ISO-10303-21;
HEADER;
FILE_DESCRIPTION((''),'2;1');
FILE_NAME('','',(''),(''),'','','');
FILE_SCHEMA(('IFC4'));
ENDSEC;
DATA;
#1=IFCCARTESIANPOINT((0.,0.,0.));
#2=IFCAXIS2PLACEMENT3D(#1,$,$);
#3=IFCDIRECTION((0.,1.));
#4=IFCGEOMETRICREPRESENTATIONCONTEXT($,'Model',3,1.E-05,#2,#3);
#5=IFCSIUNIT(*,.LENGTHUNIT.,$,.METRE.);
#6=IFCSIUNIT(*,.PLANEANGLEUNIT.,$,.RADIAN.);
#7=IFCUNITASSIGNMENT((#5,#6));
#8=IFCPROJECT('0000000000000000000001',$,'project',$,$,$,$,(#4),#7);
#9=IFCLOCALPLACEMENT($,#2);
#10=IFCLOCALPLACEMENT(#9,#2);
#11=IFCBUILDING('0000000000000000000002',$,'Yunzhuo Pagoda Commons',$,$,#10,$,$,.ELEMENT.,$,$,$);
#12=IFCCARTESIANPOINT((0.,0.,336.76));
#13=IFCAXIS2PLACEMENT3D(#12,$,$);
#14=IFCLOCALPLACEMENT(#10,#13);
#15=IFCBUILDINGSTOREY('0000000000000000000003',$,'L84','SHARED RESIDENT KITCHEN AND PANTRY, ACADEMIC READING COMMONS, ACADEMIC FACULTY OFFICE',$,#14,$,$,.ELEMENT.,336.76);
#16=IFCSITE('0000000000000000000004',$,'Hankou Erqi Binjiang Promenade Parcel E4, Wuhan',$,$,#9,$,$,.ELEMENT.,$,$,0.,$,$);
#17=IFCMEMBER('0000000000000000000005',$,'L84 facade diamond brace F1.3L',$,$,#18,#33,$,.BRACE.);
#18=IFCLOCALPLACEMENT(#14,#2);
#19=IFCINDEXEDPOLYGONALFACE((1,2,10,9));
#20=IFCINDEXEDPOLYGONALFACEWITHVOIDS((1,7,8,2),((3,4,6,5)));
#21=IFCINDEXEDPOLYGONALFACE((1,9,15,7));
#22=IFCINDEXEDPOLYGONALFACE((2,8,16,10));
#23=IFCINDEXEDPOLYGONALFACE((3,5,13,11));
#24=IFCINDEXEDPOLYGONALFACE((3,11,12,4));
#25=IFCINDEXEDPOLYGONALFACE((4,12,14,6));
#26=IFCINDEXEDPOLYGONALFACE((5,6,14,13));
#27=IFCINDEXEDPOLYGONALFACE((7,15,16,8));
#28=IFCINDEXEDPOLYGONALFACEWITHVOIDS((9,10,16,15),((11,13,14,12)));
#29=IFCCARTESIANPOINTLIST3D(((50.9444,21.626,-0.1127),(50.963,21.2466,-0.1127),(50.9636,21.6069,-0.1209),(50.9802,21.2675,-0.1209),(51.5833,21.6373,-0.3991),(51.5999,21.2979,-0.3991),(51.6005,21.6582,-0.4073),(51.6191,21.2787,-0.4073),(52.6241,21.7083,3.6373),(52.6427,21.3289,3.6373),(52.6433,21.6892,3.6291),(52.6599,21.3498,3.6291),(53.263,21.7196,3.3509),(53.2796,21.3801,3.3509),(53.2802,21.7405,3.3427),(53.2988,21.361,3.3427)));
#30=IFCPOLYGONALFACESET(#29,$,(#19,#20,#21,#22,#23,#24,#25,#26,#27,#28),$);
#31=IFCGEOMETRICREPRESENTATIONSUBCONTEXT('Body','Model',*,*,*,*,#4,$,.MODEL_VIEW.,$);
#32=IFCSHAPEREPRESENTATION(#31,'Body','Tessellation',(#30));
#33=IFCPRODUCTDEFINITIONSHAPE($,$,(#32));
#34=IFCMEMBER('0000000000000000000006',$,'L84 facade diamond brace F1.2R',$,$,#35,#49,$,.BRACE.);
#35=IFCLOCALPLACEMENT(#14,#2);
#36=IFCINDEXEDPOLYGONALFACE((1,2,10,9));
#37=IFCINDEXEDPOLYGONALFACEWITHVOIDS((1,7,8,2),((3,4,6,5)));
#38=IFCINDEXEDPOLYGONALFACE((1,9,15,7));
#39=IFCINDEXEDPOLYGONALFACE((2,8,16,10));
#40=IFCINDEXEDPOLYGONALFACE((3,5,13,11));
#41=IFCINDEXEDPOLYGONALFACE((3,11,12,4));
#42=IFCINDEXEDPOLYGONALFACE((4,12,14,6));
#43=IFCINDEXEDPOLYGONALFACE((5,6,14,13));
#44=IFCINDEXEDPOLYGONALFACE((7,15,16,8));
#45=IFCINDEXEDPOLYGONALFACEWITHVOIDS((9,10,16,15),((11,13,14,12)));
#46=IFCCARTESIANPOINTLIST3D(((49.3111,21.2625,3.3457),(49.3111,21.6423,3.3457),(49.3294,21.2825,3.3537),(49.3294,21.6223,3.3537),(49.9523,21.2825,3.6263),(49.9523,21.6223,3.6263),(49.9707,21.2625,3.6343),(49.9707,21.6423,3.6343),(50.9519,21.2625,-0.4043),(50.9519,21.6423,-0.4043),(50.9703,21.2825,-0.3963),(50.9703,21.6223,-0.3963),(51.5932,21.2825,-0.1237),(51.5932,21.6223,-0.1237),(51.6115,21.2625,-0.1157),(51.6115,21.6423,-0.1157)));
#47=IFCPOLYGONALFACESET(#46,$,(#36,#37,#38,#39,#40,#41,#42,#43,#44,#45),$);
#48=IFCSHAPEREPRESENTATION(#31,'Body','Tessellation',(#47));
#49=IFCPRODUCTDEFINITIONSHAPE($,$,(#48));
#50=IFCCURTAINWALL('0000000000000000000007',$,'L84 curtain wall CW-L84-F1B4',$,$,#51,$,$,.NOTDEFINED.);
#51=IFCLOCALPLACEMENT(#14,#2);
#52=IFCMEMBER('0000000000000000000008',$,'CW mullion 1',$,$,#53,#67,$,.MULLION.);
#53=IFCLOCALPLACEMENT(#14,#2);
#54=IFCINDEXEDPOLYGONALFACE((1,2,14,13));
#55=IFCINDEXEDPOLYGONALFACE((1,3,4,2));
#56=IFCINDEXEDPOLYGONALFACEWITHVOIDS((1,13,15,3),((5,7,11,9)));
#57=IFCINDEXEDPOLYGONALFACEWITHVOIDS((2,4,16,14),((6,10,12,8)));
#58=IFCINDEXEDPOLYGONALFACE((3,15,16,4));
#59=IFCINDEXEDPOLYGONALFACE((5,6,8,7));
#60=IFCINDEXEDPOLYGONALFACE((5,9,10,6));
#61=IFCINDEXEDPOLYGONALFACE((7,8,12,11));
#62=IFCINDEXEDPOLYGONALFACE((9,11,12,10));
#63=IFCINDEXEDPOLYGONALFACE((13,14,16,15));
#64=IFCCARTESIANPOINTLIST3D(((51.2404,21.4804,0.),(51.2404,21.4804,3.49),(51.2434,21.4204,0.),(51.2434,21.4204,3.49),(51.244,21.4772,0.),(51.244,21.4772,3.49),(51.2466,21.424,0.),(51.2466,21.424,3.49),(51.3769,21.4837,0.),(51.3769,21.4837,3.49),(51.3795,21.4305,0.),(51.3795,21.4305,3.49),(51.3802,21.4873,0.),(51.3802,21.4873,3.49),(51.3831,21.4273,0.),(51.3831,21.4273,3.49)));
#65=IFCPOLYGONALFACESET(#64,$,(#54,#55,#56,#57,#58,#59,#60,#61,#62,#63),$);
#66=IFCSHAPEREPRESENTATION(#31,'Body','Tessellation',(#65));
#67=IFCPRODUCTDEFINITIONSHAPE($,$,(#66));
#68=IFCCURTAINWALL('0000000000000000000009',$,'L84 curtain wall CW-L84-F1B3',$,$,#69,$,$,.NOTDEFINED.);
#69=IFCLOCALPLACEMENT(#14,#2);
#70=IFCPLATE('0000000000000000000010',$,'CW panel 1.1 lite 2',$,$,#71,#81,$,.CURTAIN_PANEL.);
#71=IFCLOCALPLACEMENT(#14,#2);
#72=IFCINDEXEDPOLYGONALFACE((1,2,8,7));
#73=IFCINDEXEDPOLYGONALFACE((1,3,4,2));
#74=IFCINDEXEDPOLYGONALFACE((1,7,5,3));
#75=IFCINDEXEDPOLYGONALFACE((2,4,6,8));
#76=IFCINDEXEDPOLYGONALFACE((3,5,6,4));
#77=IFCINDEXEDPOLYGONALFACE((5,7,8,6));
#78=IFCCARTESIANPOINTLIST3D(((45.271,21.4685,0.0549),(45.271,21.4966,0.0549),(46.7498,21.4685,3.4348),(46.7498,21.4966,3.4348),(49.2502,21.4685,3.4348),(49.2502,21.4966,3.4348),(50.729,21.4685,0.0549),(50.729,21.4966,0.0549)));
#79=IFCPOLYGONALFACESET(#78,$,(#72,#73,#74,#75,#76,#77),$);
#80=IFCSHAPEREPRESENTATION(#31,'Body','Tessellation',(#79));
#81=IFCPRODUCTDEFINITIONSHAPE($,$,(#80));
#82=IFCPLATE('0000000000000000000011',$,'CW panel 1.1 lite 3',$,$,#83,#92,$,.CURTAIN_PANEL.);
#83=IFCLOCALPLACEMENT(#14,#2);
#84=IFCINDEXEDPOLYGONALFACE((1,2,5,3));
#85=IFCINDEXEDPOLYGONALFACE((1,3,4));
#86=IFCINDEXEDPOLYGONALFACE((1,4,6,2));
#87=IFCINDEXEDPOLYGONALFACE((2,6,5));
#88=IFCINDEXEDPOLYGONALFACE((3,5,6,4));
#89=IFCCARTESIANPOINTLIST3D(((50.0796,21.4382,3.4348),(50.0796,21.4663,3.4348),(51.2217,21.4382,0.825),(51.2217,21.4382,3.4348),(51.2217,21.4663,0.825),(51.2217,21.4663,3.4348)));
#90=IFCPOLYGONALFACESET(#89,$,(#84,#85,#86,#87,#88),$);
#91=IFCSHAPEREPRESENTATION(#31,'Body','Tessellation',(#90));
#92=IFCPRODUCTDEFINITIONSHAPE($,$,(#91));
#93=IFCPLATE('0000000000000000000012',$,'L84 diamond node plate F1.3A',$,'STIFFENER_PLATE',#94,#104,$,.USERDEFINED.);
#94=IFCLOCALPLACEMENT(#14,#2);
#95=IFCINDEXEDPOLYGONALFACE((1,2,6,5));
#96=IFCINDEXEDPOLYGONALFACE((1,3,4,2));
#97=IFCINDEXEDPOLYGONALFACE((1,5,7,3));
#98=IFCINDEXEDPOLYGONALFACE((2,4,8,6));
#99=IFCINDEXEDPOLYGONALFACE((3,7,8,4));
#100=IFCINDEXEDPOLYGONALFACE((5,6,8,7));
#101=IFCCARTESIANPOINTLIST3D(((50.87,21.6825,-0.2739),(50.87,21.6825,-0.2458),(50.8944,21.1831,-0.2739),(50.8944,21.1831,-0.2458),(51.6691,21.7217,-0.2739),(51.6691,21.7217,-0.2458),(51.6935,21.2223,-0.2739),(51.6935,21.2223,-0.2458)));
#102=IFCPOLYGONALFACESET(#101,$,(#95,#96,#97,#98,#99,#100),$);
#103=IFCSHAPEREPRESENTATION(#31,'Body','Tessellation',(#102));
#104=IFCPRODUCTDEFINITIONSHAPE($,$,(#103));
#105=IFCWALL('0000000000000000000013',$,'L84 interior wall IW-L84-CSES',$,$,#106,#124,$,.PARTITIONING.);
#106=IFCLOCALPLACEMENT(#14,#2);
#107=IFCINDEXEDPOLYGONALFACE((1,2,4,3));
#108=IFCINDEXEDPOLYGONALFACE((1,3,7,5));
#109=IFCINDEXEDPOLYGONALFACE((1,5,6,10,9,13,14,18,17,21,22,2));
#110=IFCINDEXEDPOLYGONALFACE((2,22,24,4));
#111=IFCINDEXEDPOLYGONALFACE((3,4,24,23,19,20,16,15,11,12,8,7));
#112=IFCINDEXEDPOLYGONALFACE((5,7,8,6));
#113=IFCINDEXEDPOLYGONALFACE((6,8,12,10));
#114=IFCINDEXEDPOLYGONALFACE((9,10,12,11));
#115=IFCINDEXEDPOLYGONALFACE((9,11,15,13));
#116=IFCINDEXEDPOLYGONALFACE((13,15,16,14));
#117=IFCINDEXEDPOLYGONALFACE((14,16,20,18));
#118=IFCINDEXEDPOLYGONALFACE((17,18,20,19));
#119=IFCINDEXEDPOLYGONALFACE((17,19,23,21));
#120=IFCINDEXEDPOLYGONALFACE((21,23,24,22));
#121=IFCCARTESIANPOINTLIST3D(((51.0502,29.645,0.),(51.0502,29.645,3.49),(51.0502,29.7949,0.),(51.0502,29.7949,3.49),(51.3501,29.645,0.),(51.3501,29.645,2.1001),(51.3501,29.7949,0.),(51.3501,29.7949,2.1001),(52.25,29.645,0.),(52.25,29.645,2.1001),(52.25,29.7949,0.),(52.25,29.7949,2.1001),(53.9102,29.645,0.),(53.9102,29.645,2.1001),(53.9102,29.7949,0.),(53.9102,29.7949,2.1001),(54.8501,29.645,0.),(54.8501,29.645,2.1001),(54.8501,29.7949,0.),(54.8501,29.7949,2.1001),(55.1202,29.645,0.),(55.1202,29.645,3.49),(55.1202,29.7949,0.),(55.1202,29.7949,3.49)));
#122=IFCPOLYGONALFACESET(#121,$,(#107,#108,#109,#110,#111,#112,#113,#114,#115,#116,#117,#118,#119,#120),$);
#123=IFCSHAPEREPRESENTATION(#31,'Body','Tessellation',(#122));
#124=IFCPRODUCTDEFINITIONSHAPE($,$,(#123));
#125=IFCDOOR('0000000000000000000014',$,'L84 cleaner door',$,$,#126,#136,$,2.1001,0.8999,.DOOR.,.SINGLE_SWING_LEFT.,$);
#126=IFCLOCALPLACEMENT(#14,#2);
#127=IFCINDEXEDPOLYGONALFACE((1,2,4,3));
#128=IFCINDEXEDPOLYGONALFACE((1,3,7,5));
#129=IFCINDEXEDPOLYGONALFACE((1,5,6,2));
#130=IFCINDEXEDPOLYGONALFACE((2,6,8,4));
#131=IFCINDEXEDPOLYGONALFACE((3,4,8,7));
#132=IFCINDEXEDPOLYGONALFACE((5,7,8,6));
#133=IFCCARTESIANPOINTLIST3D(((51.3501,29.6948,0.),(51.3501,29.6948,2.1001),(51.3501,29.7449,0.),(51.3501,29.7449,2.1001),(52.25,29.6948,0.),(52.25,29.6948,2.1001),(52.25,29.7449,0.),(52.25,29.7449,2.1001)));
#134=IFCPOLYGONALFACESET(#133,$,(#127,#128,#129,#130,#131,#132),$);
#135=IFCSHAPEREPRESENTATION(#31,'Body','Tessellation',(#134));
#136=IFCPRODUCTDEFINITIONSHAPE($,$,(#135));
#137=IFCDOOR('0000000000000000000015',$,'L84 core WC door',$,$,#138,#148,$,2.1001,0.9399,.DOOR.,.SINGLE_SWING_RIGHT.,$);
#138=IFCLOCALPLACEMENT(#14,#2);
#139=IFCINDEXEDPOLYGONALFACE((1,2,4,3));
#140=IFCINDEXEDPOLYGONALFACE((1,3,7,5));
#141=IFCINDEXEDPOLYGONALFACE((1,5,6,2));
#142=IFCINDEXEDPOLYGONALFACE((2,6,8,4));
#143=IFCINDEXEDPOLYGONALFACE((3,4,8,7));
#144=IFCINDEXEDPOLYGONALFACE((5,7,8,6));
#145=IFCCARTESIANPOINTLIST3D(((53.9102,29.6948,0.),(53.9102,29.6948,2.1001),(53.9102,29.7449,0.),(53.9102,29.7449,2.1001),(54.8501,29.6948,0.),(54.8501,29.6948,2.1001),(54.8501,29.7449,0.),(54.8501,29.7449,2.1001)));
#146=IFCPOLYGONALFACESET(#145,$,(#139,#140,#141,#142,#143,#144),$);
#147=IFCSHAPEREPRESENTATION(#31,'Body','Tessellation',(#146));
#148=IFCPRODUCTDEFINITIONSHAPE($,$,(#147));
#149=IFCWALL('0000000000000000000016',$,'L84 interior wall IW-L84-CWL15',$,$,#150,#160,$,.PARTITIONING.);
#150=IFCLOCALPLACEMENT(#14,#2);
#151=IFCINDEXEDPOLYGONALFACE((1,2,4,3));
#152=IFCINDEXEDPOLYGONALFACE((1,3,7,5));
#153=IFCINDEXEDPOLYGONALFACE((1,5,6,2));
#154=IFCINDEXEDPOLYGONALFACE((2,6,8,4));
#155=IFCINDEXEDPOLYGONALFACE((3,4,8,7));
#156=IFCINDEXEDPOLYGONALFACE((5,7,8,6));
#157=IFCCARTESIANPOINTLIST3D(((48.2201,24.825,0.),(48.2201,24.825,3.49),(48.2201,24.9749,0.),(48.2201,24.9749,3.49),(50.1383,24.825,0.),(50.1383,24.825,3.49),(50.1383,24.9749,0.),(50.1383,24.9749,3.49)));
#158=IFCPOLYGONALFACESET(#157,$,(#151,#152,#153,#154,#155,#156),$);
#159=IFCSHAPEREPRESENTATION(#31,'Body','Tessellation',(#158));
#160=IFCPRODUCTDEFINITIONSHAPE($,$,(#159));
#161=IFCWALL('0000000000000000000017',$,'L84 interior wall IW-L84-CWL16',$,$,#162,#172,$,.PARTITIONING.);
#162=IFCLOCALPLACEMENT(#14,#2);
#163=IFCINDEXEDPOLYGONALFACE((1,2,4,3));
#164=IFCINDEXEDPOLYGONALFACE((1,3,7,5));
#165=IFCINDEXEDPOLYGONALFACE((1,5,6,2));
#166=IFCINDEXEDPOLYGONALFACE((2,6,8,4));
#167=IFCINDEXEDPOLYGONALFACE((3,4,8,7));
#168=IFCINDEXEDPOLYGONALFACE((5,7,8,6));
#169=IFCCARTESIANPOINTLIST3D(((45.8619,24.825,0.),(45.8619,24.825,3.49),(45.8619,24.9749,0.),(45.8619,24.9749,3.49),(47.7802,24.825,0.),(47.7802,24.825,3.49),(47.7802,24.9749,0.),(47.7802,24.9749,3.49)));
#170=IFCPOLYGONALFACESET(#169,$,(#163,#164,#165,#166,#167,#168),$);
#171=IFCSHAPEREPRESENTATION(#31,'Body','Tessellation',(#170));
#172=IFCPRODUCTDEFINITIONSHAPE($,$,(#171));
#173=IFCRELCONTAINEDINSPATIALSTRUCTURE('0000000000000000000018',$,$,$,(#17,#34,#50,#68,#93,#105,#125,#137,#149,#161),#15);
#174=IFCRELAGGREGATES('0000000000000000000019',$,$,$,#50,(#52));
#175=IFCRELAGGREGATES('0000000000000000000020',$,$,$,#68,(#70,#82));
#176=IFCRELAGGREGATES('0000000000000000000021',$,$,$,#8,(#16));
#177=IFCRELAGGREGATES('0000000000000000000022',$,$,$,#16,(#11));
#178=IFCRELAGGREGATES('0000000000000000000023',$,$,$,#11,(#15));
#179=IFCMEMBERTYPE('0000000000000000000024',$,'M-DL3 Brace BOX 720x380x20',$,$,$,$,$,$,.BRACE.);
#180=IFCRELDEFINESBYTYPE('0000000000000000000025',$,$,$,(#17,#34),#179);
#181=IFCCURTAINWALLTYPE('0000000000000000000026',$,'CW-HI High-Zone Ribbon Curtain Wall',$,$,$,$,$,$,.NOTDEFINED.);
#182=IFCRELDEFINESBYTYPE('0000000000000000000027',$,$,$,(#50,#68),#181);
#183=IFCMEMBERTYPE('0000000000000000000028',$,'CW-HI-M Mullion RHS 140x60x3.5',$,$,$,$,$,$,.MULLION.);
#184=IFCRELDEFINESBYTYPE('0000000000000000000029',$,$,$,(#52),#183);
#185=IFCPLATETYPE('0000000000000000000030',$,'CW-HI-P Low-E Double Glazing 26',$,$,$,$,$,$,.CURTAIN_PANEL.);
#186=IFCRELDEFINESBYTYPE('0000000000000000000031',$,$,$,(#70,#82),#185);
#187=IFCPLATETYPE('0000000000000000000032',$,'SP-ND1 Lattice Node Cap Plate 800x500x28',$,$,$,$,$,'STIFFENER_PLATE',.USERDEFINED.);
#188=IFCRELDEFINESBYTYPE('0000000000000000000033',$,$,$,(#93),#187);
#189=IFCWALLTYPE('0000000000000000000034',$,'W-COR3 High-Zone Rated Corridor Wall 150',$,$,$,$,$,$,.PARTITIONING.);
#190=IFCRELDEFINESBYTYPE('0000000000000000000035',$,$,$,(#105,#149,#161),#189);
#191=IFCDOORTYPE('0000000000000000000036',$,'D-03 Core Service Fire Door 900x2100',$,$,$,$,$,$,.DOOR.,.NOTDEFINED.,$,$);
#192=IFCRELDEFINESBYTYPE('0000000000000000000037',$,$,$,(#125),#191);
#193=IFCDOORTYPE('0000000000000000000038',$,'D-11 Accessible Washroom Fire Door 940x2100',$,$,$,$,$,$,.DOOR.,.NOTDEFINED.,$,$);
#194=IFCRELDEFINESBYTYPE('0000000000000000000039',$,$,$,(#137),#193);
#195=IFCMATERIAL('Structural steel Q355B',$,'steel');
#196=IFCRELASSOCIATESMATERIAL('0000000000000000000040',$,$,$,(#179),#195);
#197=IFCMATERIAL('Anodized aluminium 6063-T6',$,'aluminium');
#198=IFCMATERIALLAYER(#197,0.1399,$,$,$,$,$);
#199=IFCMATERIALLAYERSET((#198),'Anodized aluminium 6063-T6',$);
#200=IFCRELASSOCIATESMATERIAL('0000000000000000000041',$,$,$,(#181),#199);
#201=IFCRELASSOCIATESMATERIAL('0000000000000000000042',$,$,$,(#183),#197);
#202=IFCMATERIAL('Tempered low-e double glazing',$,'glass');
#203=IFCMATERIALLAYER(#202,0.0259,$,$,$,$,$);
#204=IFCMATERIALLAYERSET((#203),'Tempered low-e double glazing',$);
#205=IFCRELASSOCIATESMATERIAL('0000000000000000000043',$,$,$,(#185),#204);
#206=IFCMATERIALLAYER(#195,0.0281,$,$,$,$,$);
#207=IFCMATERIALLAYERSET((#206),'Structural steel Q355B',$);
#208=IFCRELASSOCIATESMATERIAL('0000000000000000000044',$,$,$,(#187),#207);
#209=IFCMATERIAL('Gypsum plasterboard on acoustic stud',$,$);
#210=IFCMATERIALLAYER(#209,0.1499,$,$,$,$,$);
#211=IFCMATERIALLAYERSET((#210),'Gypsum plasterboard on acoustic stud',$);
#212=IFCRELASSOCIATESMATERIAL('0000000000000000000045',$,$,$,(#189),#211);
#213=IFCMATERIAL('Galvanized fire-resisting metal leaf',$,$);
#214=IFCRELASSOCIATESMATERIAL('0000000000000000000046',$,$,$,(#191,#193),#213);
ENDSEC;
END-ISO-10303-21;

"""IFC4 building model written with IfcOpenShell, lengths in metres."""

from ifc_helpers import new_model, si_unit, direction, frame, frame_2d, origin, origin_with_axes, origin_2d, place, context, subcontext, project, spatial, polyline, rectangle, hollow_rectangle, outline, extrude, source, transform, mapped, material, layer, layer_set, material_profile, profile_set, type_object, element, fill, aggregate, save


model = new_model("IFC4")

# Units and contexts
model_context = context("Model", 3, precision=1e-05, world=origin(), true_north=direction((0.0, 1.0)))
body_context = subcontext(model_context, "Body", "Model", "MODEL_VIEW")
ifc_project = project(units=[si_unit("LENGTHUNIT", "METRE"), si_unit("PLANEANGLEUNIT", "RADIAN")], contexts=[model_context])

# Site, building, storey
site_placement = place(None, origin())
site = spatial("IfcSite", under=ifc_project, at=site_placement, Name="Hankou Erqi Binjiang Promenade Parcel E4, Wuhan", CompositionType="ELEMENT", RefElevation=0.0)
building_placement = place(site_placement, origin())
building = spatial("IfcBuilding", under=site, at=building_placement, Name="Yunzhuo Pagoda Commons", CompositionType="ELEMENT")
storey_placement = place(building_placement, frame((0.0, 0.0, 336.76)))
storey = spatial("IfcBuildingStorey", under=building, at=storey_placement, Name="L84", Description="SHARED RESIDENT KITCHEN AND PANTRY, ACADEMIC READING COMMONS, ACADEMIC FACULTY OFFICE", CompositionType="ELEMENT", Elevation=336.76)

# Shared definitions
ifc_material_1 = material(Name="Structural steel Q355B", Category="steel")

# Members
ifc_material_profile_1 = material_profile(ifc_material_1, hollow_rectangle(XDim=0.3799, YDim=0.72, WallThickness=0.02, at=origin_2d()), Name="Structural steel Q355B")
ifc_profile_set_1 = profile_set([ifc_material_profile_1], Name="Structural steel Q355B")
member_type_1 = type_object("IfcMemberType", Name="M-DL3 Brace BOX 720x380x20", PredefinedType="BRACE", material=ifc_profile_set_1)
shared_shape_1 = source(origin(), body_context, "Body", "SweptSolid", [
    extrude(hollow_rectangle(XDim=0.3799, YDim=0.72, WallThickness=0.02, at=origin_2d()), origin(), (0.0, 0.0, 1.0), 4.1099),
])
member_1_placement = place(storey_placement, frame((51.2817, 21.4524, -0.26), z_axis=(0.408701, 0.020019, 0.912449), x_axis=(-0.048924, 0.998803, 0.0)))
element("IfcMember", 1, at=member_1_placement, inside=storey, type_object=member_type_1, Name="L84 facade diamond brace F1.3L", PredefinedType="BRACE", context=body_context, shape_type="MappedRepresentation", body=[
    mapped(shared_shape_1, transform((0.0, 0.0, 0.0), scale=1.0)),
])
shared_shape_2 = source(origin(), body_context, "Body", "SweptSolid", [
    extrude(hollow_rectangle(XDim=0.3799, YDim=0.72, WallThickness=0.02, at=origin_2d()), origin(), (0.0, 0.0, 1.0), 4.0933),
])
member_2_placement = place(storey_placement, frame((51.2817, 21.4524, -0.26), z_axis=(-0.400869, 0.0, 0.916135), x_axis=(0.0, -1.0, 0.0)))
element("IfcMember", 2, at=member_2_placement, inside=storey, type_object=member_type_1, Name="L84 facade diamond brace F1.2R", PredefinedType="BRACE", context=body_context, shape_type="MappedRepresentation", body=[
    mapped(shared_shape_2, transform((0.0, 0.0, 0.0), scale=1.0)),
])

# Curtain wall, member
ifc_material_2 = material(Name="Anodized aluminium 6063-T6", Category="aluminium")
ifc_layer_1 = layer(ifc_material_2, 0.1399)
ifc_layer_set_1 = layer_set([ifc_layer_1], Name="Anodized aluminium 6063-T6")
curtain_wall_type = type_object("IfcCurtainWallType", Name="CW-HI High-Zone Ribbon Curtain Wall", PredefinedType="NOTDEFINED", material=ifc_layer_set_1)
curtain_wall_1_placement = place(storey_placement, origin())
curtain_wall_1 = element("IfcCurtainWall", 3, at=curtain_wall_1_placement, inside=storey, type_object=curtain_wall_type, Name="L84 curtain wall CW-L84-F1B4", PredefinedType="NOTDEFINED")
ifc_material_profile_2 = material_profile(ifc_material_2, hollow_rectangle(XDim=0.0601, YDim=0.1399, WallThickness=0.0034, at=origin_2d()), Name="Anodized aluminium 6063-T6")
ifc_profile_set_2 = profile_set([ifc_material_profile_2], Name="Anodized aluminium 6063-T6")
member_type_2 = type_object("IfcMemberType", Name="CW-HI-M Mullion RHS 140x60x3.5", PredefinedType="MULLION", material=ifc_profile_set_2)
shared_shape_3 = source(origin(), body_context, "Body", "SweptSolid", [
    extrude(hollow_rectangle(XDim=0.0601, YDim=0.1399, WallThickness=0.0034, at=origin_2d()), origin(), (0.0, 0.0, 1.0), 3.49),
])
member_3_placement = place(storey_placement, frame((51.3118, 21.4539, 0.0), z_axis=(0.0, 0.0, 1.0), x_axis=(-0.048906, 0.998803, 0.0)))
member_3 = element("IfcMember", 4, at=member_3_placement, type_object=member_type_2, Name="CW mullion 1", PredefinedType="MULLION", context=body_context, shape_type="MappedRepresentation", body=[
    mapped(shared_shape_3, transform((0.0, 0.0, 0.0), scale=1.0)),
])
aggregate(curtain_wall_1, [member_3])

# Curtain wall, plates
curtain_wall_2_placement = place(storey_placement, origin())
curtain_wall_2 = element("IfcCurtainWall", 5, at=curtain_wall_2_placement, inside=storey, type_object=curtain_wall_type, Name="L84 curtain wall CW-L84-F1B3", PredefinedType="NOTDEFINED")
ifc_material_3 = material(Name="Tempered low-e double glazing", Category="glass")
ifc_layer_2 = layer(ifc_material_3, 0.0259)
ifc_layer_set_2 = layer_set([ifc_layer_2], Name="Tempered low-e double glazing")
plate_type_1 = type_object("IfcPlateType", Name="CW-HI-P Low-E Double Glazing 26", PredefinedType="CURTAIN_PANEL", material=ifc_layer_set_2)
plate_1_placement = place(storey_placement, frame((48.0, 21.4966, 1.7449), z_axis=(0.0, -1.0, 0.0), x_axis=(1.0, 0.0, 0.0)))
plate_1 = element("IfcPlate", 6, at=plate_1_placement, type_object=plate_type_1, Name="CW panel 1.1 lite 2", PredefinedType="CURTAIN_PANEL", context=body_context, shape_type="SweptSolid", body=[
    extrude(outline(polyline([(-2.729, -1.6899), (2.729, -1.6899), (1.2502, 1.6899), (-1.2502, 1.6899), (-2.729, -1.6899)])), origin(), (0.0, 0.0, 1.0), 0.0281),
])
plate_2_placement = place(storey_placement, frame((50.6506, 21.4663, 2.1299), z_axis=(0.0, -1.0, 0.0), x_axis=(1.0, 0.0, 0.0)))
plate_2 = element("IfcPlate", 7, at=plate_2_placement, type_object=plate_type_1, Name="CW panel 1.1 lite 3", PredefinedType="CURTAIN_PANEL", context=body_context, shape_type="SweptSolid", body=[
    extrude(outline(polyline([(-0.571, 1.3049), (0.571, -1.3049), (0.571, 1.3049), (-0.571, 1.3049)])), origin(), (0.0, 0.0, 1.0), 0.0281),
])
aggregate(curtain_wall_2, [plate_1, plate_2])

# Plate
ifc_layer_3 = layer(ifc_material_1, 0.0281)
ifc_layer_set_3 = layer_set([ifc_layer_3], Name="Structural steel Q355B")
plate_type_2 = type_object("IfcPlateType", Name="SP-ND1 Lattice Node Cap Plate 800x500x28", ElementType="STIFFENER_PLATE", PredefinedType="USERDEFINED", material=ifc_layer_set_3)
shared_shape_4 = source(origin(), body_context, "Body", "SweptSolid", [
    extrude(rectangle(XDim=0.8, YDim=0.5, at=origin_2d()), origin(), (0.0, 0.0, 1.0), 0.0281),
])
plate_3_placement = place(storey_placement, frame((51.2817, 21.4524, -0.2739), z_axis=(0.0, 0.0, 1.0), x_axis=(0.998804, 0.048902, 0.0)))
element("IfcPlate", 8, at=plate_3_placement, inside=storey, type_object=plate_type_2, Name="L84 diamond node plate F1.3A", ObjectType="STIFFENER_PLATE", PredefinedType="USERDEFINED", context=body_context, shape_type="MappedRepresentation", body=[
    mapped(shared_shape_4, transform((0.0, 0.0, 0.0), scale=1.0)),
])

# Wall, openings, doors
ifc_material_4 = material(Name="Gypsum plasterboard on acoustic stud")
ifc_layer_4 = layer(ifc_material_4, 0.1499)
ifc_layer_set_4 = layer_set([ifc_layer_4], Name="Gypsum plasterboard on acoustic stud")
wall_type_1 = type_object("IfcWallType", Name="W-COR3 High-Zone Rated Corridor Wall 150", PredefinedType="PARTITIONING", material=ifc_layer_set_4)
wall_1_placement = place(storey_placement, frame((51.05, 29.72, 0.0), z_axis=(0.0, 0.0, 1.0), x_axis=(1.0, 0.0, 0.0)))
wall_1 = element("IfcWall", 9, at=wall_1_placement, inside=storey, type_object=wall_type_1, Name="L84 interior wall IW-L84-CSES", PredefinedType="PARTITIONING", context=body_context, shape_type="SweptSolid", body=[
    extrude(rectangle(XDim=4.0701, YDim=0.1499, at=frame_2d((2.0352, 0.0))), origin(), (0.0, 0.0, 1.0), 3.49),
])
opening_1_placement = place(wall_1_placement, frame((0.3, 0.0, 0.0)))
opening_1 = element("IfcOpeningElement", 10, at=opening_1_placement, cuts=wall_1, PredefinedType="OPENING", context=body_context, shape_type="SweptSolid", body=[
    extrude(rectangle(XDim=0.8999, YDim=2.1001, at=frame_2d((0.45, 1.05))), frame((0.0, 0.085, 0.0), z_axis=(0.0, -1.0, 0.0), x_axis=(1.0, 0.0, 0.0)), (0.0, 0.0, 1.0), 0.1699),
])
opening_2_placement = place(wall_1_placement, frame((2.8601, 0.0, 0.0)))
opening_2 = element("IfcOpeningElement", 11, at=opening_2_placement, cuts=wall_1, PredefinedType="OPENING", context=body_context, shape_type="SweptSolid", body=[
    extrude(rectangle(XDim=0.9399, YDim=2.1001, at=frame_2d((0.47, 1.05))), frame((0.0, 0.085, 0.0), z_axis=(0.0, -1.0, 0.0), x_axis=(1.0, 0.0, 0.0)), (0.0, 0.0, 1.0), 0.1699),
])
ifc_material_5 = material(Name="Galvanized fire-resisting metal leaf")
door_type_1 = type_object("IfcDoorType", Name="D-03 Core Service Fire Door 900x2100", OperationType="NOTDEFINED", PredefinedType="DOOR", material=ifc_material_5)
shared_shape_5 = source(origin(), body_context, "Body", "SweptSolid", [
    extrude(rectangle(XDim=0.8999, YDim=2.1001, at=frame_2d((0.45, 1.05))), frame((0.0, 0.0249, 0.0), z_axis=(0.0, -1.0, 0.0), x_axis=(1.0, 0.0, 0.0)), (0.0, 0.0, 1.0), 0.05),
])
door_1_placement = place(opening_1_placement, origin_with_axes())
door_1 = element("IfcDoor", 12, at=door_1_placement, inside=storey, type_object=door_type_1, Name="L84 cleaner door", OperationType="SINGLE_SWING_LEFT", OverallHeight=2.1001, OverallWidth=0.8999, PredefinedType="DOOR", context=body_context, shape_type="MappedRepresentation", body=[
    mapped(shared_shape_5, transform((0.0, 0.0, 0.0), scale=1.0)),
])
fill(opening_1, door_1)
door_type_2 = type_object("IfcDoorType", Name="D-11 Accessible Washroom Fire Door 940x2100", OperationType="NOTDEFINED", PredefinedType="DOOR", material=ifc_material_5)
shared_shape_6 = source(origin(), body_context, "Body", "SweptSolid", [
    extrude(rectangle(XDim=0.9399, YDim=2.1001, at=frame_2d((0.47, 1.05))), frame((0.0, 0.0249, 0.0), z_axis=(0.0, -1.0, 0.0), x_axis=(1.0, 0.0, 0.0)), (0.0, 0.0, 1.0), 0.05),
])
door_2_placement = place(opening_2_placement, origin_with_axes())
door_2 = element("IfcDoor", 13, at=door_2_placement, inside=storey, type_object=door_type_2, Name="L84 core WC door", OperationType="SINGLE_SWING_RIGHT", OverallHeight=2.1001, OverallWidth=0.9399, PredefinedType="DOOR", context=body_context, shape_type="MappedRepresentation", body=[
    mapped(shared_shape_6, transform((0.0, 0.0, 0.0), scale=1.0)),
])
fill(opening_2, door_2)

# Walls
for number, where, z_axis, x_axis, name in (
    (14, (50.1382, 24.8999, 0.0), (0.0, 0.0, 1.0), (-1.0, 0.0, 0.0), "L84 interior wall IW-L84-CWL15"),
    (15, (47.78, 24.8999, 0.0), (0.0, 0.0, 1.0), (-1.0, 0.0, 0.0), "L84 interior wall IW-L84-CWL16"),
):
    element("IfcWall", number, at=place(storey_placement, frame(where, z_axis=z_axis, x_axis=x_axis)), inside=storey, type_object=wall_type_1, Name=name, PredefinedType="PARTITIONING", context=body_context, shape_type="SweptSolid", body=[
        extrude(rectangle(XDim=1.9182, YDim=0.1499, at=frame_2d((0.959, 0.0))), origin(), (0.0, 0.0, 1.0), 3.49),
    ])

save(model, "model.ifc")
